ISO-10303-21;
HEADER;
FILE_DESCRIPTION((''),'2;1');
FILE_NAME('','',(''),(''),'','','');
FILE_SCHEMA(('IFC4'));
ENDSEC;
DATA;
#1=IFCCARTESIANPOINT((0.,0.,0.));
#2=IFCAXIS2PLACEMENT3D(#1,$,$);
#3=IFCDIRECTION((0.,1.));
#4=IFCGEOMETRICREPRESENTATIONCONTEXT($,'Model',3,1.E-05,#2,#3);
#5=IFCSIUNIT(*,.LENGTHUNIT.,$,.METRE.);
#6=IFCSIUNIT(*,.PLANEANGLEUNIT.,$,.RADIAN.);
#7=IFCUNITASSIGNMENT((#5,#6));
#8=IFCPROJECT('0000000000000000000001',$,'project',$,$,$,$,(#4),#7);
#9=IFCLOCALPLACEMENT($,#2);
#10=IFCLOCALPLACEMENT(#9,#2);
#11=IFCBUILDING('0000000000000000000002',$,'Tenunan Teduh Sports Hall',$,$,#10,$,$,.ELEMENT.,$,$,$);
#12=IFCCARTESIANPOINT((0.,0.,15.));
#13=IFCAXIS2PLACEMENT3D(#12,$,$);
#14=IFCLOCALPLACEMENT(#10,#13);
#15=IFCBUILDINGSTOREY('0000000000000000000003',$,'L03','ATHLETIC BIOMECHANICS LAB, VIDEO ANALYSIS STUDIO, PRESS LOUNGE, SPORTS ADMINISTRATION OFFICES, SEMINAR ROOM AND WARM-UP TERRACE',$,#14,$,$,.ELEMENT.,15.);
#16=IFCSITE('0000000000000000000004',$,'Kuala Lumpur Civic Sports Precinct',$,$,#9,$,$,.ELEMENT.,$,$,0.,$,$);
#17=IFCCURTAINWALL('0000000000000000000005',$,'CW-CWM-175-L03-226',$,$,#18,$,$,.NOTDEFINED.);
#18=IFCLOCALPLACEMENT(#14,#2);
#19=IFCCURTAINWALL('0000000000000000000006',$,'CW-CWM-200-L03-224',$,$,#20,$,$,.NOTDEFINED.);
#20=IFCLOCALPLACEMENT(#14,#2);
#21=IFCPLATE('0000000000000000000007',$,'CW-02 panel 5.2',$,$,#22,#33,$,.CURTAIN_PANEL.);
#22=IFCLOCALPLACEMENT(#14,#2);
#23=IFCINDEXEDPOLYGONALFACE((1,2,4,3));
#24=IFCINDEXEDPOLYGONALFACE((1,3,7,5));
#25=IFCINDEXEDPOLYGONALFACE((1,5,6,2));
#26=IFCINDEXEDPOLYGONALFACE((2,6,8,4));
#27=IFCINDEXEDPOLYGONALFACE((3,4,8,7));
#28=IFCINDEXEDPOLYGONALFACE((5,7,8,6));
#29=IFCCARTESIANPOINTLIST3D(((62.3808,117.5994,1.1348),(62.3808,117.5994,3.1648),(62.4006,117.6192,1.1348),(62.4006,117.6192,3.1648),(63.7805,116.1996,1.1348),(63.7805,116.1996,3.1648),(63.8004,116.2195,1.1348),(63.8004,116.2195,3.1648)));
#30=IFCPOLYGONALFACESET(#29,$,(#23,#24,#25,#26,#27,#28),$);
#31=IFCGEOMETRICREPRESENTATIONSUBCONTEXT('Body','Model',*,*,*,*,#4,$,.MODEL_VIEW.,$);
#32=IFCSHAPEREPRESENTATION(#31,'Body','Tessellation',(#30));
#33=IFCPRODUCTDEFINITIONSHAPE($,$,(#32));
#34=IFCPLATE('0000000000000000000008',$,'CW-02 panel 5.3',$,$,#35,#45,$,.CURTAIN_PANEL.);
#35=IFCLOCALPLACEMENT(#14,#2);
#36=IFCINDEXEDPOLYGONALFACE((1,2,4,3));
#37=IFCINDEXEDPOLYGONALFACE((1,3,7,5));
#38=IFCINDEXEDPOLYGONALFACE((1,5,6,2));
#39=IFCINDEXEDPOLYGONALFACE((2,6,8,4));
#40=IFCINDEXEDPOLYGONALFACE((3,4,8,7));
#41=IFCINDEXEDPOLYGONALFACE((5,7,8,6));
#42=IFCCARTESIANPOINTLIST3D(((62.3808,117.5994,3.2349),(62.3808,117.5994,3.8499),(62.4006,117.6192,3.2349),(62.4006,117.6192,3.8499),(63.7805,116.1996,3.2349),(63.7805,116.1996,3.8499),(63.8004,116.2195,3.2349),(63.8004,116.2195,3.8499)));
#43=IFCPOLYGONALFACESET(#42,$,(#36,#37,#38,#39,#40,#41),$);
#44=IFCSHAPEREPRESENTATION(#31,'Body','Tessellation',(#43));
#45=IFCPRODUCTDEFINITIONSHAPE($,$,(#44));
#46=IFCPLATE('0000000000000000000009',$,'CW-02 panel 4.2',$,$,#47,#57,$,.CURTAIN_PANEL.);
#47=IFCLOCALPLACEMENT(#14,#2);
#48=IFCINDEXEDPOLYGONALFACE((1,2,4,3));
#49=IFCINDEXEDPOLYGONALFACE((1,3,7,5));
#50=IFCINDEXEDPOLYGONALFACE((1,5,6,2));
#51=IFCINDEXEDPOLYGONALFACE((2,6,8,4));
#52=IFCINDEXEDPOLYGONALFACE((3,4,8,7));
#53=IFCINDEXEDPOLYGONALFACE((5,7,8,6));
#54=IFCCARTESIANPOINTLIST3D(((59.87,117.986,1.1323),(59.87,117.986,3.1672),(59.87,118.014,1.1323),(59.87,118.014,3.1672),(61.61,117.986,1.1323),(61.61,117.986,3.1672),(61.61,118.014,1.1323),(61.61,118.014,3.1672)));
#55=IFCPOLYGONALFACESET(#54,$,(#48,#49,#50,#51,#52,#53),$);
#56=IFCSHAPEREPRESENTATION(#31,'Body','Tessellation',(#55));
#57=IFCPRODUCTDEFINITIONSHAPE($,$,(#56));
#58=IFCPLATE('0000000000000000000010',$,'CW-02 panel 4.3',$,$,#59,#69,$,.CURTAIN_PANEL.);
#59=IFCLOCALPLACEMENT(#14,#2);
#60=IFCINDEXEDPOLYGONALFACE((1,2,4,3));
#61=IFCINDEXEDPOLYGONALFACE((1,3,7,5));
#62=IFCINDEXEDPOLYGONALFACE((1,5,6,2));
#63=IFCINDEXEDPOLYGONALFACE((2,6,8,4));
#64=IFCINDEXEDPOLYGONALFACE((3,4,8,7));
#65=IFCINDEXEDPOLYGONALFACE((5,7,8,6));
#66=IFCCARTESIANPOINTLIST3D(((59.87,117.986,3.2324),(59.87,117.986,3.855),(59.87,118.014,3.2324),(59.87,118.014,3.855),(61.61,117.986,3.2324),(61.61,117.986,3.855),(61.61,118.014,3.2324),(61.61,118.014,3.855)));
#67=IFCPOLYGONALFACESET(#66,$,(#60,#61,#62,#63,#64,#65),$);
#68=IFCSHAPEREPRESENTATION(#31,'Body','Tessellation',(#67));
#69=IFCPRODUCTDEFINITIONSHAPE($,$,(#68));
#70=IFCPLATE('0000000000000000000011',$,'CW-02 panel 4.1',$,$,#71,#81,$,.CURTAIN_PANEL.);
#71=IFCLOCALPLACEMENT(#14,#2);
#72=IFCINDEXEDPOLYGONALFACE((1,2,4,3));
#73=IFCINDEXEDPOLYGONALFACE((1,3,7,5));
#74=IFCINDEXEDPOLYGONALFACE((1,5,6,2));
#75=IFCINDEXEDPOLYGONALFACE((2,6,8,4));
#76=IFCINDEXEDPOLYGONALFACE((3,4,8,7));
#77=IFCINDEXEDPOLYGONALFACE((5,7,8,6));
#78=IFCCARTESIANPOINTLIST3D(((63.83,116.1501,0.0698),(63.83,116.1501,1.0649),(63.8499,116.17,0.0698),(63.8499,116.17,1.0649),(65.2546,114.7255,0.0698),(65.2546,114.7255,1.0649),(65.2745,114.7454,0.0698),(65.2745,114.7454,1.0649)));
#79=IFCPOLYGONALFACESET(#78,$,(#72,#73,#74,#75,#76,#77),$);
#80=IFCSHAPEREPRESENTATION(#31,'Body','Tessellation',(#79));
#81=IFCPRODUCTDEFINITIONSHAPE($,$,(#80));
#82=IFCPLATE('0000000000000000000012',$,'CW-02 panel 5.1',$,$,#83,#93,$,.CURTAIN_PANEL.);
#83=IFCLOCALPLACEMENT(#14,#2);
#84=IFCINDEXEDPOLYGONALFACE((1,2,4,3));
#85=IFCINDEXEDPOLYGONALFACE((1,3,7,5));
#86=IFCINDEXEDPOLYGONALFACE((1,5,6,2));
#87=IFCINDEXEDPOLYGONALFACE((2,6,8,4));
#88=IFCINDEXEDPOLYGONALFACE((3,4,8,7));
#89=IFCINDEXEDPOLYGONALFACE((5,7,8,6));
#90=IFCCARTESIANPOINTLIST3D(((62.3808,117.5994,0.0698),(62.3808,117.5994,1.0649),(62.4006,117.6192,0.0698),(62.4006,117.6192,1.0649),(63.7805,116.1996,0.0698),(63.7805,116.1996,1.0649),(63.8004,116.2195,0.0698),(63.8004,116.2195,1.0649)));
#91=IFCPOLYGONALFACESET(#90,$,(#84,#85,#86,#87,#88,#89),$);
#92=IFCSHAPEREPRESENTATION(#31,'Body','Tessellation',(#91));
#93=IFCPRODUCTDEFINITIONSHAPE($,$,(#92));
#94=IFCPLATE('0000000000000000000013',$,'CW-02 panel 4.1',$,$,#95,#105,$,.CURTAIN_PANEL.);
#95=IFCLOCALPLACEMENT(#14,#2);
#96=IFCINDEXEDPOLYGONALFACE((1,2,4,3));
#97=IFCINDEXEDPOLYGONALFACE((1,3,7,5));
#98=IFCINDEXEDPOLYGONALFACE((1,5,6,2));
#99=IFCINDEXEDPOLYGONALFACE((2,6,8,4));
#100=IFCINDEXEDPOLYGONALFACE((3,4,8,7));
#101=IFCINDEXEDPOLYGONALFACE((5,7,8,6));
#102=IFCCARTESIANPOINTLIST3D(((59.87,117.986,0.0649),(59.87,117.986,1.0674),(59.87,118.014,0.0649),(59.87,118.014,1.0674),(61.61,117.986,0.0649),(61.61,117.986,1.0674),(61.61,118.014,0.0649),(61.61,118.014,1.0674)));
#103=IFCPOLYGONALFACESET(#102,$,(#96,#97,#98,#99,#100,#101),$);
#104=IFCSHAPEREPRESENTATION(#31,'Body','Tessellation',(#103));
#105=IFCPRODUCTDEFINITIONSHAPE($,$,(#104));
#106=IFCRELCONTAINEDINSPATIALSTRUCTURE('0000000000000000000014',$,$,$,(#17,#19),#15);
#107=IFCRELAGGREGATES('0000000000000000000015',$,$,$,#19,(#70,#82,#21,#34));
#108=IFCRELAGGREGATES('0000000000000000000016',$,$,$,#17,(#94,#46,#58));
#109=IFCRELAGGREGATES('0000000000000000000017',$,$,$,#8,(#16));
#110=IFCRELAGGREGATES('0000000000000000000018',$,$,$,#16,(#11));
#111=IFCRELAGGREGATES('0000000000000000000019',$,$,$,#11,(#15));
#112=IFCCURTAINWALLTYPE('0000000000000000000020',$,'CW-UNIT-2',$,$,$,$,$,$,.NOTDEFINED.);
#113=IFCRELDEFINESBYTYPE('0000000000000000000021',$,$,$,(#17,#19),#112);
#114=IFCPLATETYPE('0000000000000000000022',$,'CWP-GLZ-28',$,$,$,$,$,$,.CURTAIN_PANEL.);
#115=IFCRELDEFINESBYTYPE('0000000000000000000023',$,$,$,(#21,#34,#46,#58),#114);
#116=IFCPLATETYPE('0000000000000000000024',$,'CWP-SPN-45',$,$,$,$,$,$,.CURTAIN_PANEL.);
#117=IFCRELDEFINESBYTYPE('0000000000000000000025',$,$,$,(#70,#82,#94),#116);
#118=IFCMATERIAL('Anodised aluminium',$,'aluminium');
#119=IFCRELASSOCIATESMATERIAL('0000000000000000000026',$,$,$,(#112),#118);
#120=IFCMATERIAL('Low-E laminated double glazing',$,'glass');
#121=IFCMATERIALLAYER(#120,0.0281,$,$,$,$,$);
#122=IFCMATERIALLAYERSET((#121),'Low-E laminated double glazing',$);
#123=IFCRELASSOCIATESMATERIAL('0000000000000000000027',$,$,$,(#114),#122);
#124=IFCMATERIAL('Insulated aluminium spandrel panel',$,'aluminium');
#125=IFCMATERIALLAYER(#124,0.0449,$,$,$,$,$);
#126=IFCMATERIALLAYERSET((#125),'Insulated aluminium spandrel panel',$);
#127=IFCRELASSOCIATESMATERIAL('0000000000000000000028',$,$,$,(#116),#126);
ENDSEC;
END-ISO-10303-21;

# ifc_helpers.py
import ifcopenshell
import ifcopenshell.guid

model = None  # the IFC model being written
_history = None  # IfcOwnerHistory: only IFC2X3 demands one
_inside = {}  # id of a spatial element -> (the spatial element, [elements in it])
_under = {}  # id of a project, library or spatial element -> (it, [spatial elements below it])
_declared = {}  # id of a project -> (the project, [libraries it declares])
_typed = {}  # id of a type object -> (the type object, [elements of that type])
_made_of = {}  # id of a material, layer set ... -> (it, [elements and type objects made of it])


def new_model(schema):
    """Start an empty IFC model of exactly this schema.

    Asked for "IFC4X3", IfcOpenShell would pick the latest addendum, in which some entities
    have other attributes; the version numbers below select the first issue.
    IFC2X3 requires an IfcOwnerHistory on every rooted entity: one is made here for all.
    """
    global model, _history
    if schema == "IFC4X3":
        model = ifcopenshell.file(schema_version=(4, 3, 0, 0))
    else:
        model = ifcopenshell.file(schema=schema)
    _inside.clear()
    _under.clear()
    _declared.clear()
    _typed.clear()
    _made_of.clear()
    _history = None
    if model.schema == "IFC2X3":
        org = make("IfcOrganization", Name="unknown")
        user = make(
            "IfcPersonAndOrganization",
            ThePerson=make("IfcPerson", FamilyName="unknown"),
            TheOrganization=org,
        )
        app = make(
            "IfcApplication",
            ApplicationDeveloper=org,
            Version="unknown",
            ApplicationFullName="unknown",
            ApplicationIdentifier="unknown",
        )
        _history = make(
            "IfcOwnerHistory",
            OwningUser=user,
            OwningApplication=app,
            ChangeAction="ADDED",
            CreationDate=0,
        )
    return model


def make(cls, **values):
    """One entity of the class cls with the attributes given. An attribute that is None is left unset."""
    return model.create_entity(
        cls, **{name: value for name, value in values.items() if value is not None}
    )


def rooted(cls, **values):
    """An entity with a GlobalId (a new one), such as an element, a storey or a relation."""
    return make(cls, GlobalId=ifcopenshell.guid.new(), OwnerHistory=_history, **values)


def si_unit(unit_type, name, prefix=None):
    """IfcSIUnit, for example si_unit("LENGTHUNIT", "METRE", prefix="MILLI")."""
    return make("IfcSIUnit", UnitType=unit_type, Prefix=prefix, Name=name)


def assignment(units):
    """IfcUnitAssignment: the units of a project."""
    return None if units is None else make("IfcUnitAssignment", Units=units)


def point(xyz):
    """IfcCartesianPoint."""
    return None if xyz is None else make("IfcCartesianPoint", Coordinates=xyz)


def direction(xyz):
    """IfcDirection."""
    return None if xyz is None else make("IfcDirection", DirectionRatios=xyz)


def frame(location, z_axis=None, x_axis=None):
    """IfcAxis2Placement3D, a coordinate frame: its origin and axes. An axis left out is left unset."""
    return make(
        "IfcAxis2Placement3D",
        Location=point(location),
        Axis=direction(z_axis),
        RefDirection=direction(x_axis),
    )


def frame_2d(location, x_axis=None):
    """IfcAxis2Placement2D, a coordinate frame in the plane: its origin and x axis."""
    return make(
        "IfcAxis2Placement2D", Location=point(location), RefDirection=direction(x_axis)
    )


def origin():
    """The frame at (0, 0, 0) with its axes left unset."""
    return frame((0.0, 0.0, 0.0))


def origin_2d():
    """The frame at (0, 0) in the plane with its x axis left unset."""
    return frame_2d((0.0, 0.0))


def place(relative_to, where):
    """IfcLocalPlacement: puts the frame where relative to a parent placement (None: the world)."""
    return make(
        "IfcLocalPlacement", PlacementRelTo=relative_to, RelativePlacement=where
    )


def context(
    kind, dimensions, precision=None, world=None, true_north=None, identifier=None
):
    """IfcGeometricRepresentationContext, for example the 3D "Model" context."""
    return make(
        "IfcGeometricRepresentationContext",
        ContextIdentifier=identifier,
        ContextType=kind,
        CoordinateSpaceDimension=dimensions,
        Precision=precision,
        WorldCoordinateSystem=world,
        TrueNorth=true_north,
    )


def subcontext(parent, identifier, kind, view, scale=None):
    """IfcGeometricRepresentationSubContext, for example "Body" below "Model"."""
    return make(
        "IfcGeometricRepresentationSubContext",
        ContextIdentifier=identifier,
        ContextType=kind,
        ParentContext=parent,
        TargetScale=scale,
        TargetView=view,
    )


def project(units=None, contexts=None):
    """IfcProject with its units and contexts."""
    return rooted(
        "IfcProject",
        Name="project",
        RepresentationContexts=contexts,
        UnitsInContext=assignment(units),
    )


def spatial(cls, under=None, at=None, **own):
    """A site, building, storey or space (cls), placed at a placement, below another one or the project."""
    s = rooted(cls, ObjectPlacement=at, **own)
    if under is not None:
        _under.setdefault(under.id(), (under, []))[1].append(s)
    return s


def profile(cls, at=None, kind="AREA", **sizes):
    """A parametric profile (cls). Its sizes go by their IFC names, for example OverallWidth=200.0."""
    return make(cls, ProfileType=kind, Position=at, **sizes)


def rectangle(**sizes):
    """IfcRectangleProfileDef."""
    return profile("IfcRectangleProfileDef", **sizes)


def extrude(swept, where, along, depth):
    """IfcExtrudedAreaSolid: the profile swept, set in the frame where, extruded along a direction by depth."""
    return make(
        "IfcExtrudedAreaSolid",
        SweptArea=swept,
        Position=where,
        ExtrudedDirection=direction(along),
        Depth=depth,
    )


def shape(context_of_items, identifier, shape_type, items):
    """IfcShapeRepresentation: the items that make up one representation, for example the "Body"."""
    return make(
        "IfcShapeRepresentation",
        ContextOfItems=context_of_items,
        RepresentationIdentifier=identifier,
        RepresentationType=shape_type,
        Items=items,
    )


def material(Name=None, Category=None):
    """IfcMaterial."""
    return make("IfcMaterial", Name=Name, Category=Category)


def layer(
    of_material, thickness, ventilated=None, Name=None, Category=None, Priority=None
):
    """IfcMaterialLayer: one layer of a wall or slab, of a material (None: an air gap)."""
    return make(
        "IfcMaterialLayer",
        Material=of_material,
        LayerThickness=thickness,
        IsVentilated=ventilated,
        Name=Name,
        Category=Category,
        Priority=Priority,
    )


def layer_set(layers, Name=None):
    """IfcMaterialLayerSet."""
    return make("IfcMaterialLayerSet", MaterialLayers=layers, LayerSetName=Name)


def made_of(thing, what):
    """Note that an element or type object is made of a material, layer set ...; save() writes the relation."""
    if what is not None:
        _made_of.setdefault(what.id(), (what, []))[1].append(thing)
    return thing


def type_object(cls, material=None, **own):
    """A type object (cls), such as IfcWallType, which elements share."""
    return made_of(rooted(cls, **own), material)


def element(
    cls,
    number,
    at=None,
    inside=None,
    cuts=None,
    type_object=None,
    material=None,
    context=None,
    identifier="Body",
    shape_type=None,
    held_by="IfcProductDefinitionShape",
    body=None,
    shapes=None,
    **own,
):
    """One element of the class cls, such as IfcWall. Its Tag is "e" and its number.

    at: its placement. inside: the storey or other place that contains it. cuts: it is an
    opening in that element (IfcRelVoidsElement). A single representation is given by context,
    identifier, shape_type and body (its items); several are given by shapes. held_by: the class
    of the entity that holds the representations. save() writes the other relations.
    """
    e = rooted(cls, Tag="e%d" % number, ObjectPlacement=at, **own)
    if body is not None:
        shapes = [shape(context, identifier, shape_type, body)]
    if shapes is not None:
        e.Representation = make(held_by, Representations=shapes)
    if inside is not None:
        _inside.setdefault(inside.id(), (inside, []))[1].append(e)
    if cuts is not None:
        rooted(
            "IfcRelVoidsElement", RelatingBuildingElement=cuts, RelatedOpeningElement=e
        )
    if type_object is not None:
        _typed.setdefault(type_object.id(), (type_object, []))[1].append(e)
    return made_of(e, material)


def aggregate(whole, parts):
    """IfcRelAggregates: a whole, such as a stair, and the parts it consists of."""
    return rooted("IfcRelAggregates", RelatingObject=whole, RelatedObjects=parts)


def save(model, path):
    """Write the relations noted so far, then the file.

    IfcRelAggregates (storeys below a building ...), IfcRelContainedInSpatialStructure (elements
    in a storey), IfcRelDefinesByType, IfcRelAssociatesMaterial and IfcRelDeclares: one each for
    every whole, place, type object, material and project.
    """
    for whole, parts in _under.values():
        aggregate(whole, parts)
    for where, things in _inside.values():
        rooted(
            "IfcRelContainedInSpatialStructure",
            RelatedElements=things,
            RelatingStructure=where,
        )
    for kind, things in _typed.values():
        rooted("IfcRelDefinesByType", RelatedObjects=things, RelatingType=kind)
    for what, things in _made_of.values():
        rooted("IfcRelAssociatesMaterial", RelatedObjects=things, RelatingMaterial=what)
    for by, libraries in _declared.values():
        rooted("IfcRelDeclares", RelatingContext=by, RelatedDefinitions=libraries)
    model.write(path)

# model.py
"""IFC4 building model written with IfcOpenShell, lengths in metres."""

from ifc_helpers import new_model, si_unit, direction, frame, origin, origin_2d, place, context, subcontext, project, spatial, rectangle, extrude, material, layer, layer_set, type_object, element, aggregate, save


model = new_model("IFC4")

# Units and contexts
model_context = context("Model", 3, precision=1e-05, world=origin(), true_north=direction((0.0, 1.0)))
body_context = subcontext(model_context, "Body", "Model", "MODEL_VIEW")
ifc_project = project(units=[si_unit("LENGTHUNIT", "METRE"), si_unit("PLANEANGLEUNIT", "RADIAN")], contexts=[model_context])

# Site, building, storey
site_placement = place(None, origin())
site = spatial("IfcSite", under=ifc_project, at=site_placement, Name="Kuala Lumpur Civic Sports Precinct", CompositionType="ELEMENT", RefElevation=0.0)
building_placement = place(site_placement, origin())
building = spatial("IfcBuilding", under=site, at=building_placement, Name="Tenunan Teduh Sports Hall", CompositionType="ELEMENT")
storey_placement = place(building_placement, frame((0.0, 0.0, 15.0)))
storey = spatial("IfcBuildingStorey", under=building, at=storey_placement, Name="L03", Description="ATHLETIC BIOMECHANICS LAB, VIDEO ANALYSIS STUDIO, PRESS LOUNGE, SPORTS ADMINISTRATION OFFICES, SEMINAR ROOM AND WARM-UP TERRACE", CompositionType="ELEMENT", Elevation=15.0)

# Curtain wall
ifc_material_1 = material(Name="Anodised aluminium", Category="aluminium")
curtain_wall_type = type_object("IfcCurtainWallType", Name="CW-UNIT-2", PredefinedType="NOTDEFINED", material=ifc_material_1)
curtain_wall_1_placement = place(storey_placement, origin())
curtain_wall_1 = element("IfcCurtainWall", 1, at=curtain_wall_1_placement, inside=storey, type_object=curtain_wall_type, Name="CW-CWM-175-L03-226", PredefinedType="NOTDEFINED")

# Curtain wall
curtain_wall_2_placement = place(storey_placement, origin())
curtain_wall_2 = element("IfcCurtainWall", 2, at=curtain_wall_2_placement, inside=storey, type_object=curtain_wall_type, Name="CW-CWM-200-L03-224", PredefinedType="NOTDEFINED")

# Plates
ifc_material_2 = material(Name="Low-E laminated double glazing", Category="glass")
ifc_layer_1 = layer(ifc_material_2, 0.0281)
ifc_layer_set_1 = layer_set([ifc_layer_1], Name="Low-E laminated double glazing")
plate_type_1 = type_object("IfcPlateType", Name="CWP-GLZ-28", PredefinedType="CURTAIN_PANEL", material=ifc_layer_set_1)
plate_1_placement = place(storey_placement, frame((63.0906, 116.9094, 1.1348), z_axis=(0.0, 0.0, 1.0), x_axis=(-0.707107, 0.707107, 0.0)))
plate_1 = element("IfcPlate", 3, at=plate_1_placement, type_object=plate_type_1, Name="CW-02 panel 5.2", PredefinedType="CURTAIN_PANEL", context=body_context, shape_type="SweptSolid", body=[
    extrude(rectangle(XDim=1.9795, YDim=0.0281, at=origin_2d()), origin(), (0.0, 0.0, 1.0), 2.03),
])
plate_2_placement = place(storey_placement, frame((63.0906, 116.9094, 3.2349), z_axis=(0.0, 0.0, 1.0), x_axis=(-0.707107, 0.707107, 0.0)))
plate_2 = element("IfcPlate", 4, at=plate_2_placement, type_object=plate_type_1, Name="CW-02 panel 5.3", PredefinedType="CURTAIN_PANEL", context=body_context, shape_type="SweptSolid", body=[
    extrude(rectangle(XDim=1.9795, YDim=0.0281, at=origin_2d()), origin(), (0.0, 0.0, 1.0), 0.615),
])
plate_3_placement = place(storey_placement, frame((60.74, 118.0, 1.1323), z_axis=(0.0, 0.0, 1.0), x_axis=(1.0, 0.0, 0.0)))
plate_3 = element("IfcPlate", 5, at=plate_3_placement, type_object=plate_type_1, Name="CW-02 panel 4.2", PredefinedType="CURTAIN_PANEL", context=body_context, shape_type="SweptSolid", body=[
    extrude(rectangle(XDim=1.74, YDim=0.0281, at=origin_2d()), origin(), (0.0, 0.0, 1.0), 2.0349),
])
plate_4_placement = place(storey_placement, frame((60.74, 118.0, 3.2324), z_axis=(0.0, 0.0, 1.0), x_axis=(1.0, 0.0, 0.0)))
plate_4 = element("IfcPlate", 6, at=plate_4_placement, type_object=plate_type_1, Name="CW-02 panel 4.3", PredefinedType="CURTAIN_PANEL", context=body_context, shape_type="SweptSolid", body=[
    extrude(rectangle(XDim=1.74, YDim=0.0281, at=origin_2d()), origin(), (0.0, 0.0, 1.0), 0.6226),
])
ifc_material_3 = material(Name="Insulated aluminium spandrel panel", Category="aluminium")
ifc_layer_2 = layer(ifc_material_3, 0.0449)
ifc_layer_set_2 = layer_set([ifc_layer_2], Name="Insulated aluminium spandrel panel")
plate_type_2 = type_object("IfcPlateType", Name="CWP-SPN-45", PredefinedType="CURTAIN_PANEL", material=ifc_layer_set_2)
plate_5_placement = place(storey_placement, frame((64.5522, 115.4478, 0.0698), z_axis=(0.0, 0.0, 1.0), x_axis=(-0.707107, 0.707107, 0.0)))
plate_5 = element("IfcPlate", 7, at=plate_5_placement, type_object=plate_type_2, Name="CW-02 panel 4.1", PredefinedType="CURTAIN_PANEL", context=body_context, shape_type="SweptSolid", body=[
    extrude(rectangle(XDim=2.0146, YDim=0.0281, at=origin_2d()), origin(), (0.0, 0.0, 1.0), 0.9951),
])
plate_6_placement = place(storey_placement, frame((63.0906, 116.9094, 0.0698), z_axis=(0.0, 0.0, 1.0), x_axis=(-0.707107, 0.707107, 0.0)))
plate_6 = element("IfcPlate", 8, at=plate_6_placement, type_object=plate_type_2, Name="CW-02 panel 5.1", PredefinedType="CURTAIN_PANEL", context=body_context, shape_type="SweptSolid", body=[
    extrude(rectangle(XDim=1.9795, YDim=0.0281, at=origin_2d()), origin(), (0.0, 0.0, 1.0), 0.9951),
])
aggregate(curtain_wall_2, [plate_5, plate_6, plate_1, plate_2])
plate_7_placement = place(storey_placement, frame((60.74, 118.0, 0.0649), z_axis=(0.0, 0.0, 1.0), x_axis=(1.0, 0.0, 0.0)))
plate_7 = element("IfcPlate", 9, at=plate_7_placement, type_object=plate_type_2, Name="CW-02 panel 4.1", PredefinedType="CURTAIN_PANEL", context=body_context, shape_type="SweptSolid", body=[
    extrude(rectangle(XDim=1.74, YDim=0.0281, at=origin_2d()), origin(), (0.0, 0.0, 1.0), 1.0024),
])
aggregate(curtain_wall_1, [plate_7, plate_3, plate_4])

save(model, "model.ifc")
